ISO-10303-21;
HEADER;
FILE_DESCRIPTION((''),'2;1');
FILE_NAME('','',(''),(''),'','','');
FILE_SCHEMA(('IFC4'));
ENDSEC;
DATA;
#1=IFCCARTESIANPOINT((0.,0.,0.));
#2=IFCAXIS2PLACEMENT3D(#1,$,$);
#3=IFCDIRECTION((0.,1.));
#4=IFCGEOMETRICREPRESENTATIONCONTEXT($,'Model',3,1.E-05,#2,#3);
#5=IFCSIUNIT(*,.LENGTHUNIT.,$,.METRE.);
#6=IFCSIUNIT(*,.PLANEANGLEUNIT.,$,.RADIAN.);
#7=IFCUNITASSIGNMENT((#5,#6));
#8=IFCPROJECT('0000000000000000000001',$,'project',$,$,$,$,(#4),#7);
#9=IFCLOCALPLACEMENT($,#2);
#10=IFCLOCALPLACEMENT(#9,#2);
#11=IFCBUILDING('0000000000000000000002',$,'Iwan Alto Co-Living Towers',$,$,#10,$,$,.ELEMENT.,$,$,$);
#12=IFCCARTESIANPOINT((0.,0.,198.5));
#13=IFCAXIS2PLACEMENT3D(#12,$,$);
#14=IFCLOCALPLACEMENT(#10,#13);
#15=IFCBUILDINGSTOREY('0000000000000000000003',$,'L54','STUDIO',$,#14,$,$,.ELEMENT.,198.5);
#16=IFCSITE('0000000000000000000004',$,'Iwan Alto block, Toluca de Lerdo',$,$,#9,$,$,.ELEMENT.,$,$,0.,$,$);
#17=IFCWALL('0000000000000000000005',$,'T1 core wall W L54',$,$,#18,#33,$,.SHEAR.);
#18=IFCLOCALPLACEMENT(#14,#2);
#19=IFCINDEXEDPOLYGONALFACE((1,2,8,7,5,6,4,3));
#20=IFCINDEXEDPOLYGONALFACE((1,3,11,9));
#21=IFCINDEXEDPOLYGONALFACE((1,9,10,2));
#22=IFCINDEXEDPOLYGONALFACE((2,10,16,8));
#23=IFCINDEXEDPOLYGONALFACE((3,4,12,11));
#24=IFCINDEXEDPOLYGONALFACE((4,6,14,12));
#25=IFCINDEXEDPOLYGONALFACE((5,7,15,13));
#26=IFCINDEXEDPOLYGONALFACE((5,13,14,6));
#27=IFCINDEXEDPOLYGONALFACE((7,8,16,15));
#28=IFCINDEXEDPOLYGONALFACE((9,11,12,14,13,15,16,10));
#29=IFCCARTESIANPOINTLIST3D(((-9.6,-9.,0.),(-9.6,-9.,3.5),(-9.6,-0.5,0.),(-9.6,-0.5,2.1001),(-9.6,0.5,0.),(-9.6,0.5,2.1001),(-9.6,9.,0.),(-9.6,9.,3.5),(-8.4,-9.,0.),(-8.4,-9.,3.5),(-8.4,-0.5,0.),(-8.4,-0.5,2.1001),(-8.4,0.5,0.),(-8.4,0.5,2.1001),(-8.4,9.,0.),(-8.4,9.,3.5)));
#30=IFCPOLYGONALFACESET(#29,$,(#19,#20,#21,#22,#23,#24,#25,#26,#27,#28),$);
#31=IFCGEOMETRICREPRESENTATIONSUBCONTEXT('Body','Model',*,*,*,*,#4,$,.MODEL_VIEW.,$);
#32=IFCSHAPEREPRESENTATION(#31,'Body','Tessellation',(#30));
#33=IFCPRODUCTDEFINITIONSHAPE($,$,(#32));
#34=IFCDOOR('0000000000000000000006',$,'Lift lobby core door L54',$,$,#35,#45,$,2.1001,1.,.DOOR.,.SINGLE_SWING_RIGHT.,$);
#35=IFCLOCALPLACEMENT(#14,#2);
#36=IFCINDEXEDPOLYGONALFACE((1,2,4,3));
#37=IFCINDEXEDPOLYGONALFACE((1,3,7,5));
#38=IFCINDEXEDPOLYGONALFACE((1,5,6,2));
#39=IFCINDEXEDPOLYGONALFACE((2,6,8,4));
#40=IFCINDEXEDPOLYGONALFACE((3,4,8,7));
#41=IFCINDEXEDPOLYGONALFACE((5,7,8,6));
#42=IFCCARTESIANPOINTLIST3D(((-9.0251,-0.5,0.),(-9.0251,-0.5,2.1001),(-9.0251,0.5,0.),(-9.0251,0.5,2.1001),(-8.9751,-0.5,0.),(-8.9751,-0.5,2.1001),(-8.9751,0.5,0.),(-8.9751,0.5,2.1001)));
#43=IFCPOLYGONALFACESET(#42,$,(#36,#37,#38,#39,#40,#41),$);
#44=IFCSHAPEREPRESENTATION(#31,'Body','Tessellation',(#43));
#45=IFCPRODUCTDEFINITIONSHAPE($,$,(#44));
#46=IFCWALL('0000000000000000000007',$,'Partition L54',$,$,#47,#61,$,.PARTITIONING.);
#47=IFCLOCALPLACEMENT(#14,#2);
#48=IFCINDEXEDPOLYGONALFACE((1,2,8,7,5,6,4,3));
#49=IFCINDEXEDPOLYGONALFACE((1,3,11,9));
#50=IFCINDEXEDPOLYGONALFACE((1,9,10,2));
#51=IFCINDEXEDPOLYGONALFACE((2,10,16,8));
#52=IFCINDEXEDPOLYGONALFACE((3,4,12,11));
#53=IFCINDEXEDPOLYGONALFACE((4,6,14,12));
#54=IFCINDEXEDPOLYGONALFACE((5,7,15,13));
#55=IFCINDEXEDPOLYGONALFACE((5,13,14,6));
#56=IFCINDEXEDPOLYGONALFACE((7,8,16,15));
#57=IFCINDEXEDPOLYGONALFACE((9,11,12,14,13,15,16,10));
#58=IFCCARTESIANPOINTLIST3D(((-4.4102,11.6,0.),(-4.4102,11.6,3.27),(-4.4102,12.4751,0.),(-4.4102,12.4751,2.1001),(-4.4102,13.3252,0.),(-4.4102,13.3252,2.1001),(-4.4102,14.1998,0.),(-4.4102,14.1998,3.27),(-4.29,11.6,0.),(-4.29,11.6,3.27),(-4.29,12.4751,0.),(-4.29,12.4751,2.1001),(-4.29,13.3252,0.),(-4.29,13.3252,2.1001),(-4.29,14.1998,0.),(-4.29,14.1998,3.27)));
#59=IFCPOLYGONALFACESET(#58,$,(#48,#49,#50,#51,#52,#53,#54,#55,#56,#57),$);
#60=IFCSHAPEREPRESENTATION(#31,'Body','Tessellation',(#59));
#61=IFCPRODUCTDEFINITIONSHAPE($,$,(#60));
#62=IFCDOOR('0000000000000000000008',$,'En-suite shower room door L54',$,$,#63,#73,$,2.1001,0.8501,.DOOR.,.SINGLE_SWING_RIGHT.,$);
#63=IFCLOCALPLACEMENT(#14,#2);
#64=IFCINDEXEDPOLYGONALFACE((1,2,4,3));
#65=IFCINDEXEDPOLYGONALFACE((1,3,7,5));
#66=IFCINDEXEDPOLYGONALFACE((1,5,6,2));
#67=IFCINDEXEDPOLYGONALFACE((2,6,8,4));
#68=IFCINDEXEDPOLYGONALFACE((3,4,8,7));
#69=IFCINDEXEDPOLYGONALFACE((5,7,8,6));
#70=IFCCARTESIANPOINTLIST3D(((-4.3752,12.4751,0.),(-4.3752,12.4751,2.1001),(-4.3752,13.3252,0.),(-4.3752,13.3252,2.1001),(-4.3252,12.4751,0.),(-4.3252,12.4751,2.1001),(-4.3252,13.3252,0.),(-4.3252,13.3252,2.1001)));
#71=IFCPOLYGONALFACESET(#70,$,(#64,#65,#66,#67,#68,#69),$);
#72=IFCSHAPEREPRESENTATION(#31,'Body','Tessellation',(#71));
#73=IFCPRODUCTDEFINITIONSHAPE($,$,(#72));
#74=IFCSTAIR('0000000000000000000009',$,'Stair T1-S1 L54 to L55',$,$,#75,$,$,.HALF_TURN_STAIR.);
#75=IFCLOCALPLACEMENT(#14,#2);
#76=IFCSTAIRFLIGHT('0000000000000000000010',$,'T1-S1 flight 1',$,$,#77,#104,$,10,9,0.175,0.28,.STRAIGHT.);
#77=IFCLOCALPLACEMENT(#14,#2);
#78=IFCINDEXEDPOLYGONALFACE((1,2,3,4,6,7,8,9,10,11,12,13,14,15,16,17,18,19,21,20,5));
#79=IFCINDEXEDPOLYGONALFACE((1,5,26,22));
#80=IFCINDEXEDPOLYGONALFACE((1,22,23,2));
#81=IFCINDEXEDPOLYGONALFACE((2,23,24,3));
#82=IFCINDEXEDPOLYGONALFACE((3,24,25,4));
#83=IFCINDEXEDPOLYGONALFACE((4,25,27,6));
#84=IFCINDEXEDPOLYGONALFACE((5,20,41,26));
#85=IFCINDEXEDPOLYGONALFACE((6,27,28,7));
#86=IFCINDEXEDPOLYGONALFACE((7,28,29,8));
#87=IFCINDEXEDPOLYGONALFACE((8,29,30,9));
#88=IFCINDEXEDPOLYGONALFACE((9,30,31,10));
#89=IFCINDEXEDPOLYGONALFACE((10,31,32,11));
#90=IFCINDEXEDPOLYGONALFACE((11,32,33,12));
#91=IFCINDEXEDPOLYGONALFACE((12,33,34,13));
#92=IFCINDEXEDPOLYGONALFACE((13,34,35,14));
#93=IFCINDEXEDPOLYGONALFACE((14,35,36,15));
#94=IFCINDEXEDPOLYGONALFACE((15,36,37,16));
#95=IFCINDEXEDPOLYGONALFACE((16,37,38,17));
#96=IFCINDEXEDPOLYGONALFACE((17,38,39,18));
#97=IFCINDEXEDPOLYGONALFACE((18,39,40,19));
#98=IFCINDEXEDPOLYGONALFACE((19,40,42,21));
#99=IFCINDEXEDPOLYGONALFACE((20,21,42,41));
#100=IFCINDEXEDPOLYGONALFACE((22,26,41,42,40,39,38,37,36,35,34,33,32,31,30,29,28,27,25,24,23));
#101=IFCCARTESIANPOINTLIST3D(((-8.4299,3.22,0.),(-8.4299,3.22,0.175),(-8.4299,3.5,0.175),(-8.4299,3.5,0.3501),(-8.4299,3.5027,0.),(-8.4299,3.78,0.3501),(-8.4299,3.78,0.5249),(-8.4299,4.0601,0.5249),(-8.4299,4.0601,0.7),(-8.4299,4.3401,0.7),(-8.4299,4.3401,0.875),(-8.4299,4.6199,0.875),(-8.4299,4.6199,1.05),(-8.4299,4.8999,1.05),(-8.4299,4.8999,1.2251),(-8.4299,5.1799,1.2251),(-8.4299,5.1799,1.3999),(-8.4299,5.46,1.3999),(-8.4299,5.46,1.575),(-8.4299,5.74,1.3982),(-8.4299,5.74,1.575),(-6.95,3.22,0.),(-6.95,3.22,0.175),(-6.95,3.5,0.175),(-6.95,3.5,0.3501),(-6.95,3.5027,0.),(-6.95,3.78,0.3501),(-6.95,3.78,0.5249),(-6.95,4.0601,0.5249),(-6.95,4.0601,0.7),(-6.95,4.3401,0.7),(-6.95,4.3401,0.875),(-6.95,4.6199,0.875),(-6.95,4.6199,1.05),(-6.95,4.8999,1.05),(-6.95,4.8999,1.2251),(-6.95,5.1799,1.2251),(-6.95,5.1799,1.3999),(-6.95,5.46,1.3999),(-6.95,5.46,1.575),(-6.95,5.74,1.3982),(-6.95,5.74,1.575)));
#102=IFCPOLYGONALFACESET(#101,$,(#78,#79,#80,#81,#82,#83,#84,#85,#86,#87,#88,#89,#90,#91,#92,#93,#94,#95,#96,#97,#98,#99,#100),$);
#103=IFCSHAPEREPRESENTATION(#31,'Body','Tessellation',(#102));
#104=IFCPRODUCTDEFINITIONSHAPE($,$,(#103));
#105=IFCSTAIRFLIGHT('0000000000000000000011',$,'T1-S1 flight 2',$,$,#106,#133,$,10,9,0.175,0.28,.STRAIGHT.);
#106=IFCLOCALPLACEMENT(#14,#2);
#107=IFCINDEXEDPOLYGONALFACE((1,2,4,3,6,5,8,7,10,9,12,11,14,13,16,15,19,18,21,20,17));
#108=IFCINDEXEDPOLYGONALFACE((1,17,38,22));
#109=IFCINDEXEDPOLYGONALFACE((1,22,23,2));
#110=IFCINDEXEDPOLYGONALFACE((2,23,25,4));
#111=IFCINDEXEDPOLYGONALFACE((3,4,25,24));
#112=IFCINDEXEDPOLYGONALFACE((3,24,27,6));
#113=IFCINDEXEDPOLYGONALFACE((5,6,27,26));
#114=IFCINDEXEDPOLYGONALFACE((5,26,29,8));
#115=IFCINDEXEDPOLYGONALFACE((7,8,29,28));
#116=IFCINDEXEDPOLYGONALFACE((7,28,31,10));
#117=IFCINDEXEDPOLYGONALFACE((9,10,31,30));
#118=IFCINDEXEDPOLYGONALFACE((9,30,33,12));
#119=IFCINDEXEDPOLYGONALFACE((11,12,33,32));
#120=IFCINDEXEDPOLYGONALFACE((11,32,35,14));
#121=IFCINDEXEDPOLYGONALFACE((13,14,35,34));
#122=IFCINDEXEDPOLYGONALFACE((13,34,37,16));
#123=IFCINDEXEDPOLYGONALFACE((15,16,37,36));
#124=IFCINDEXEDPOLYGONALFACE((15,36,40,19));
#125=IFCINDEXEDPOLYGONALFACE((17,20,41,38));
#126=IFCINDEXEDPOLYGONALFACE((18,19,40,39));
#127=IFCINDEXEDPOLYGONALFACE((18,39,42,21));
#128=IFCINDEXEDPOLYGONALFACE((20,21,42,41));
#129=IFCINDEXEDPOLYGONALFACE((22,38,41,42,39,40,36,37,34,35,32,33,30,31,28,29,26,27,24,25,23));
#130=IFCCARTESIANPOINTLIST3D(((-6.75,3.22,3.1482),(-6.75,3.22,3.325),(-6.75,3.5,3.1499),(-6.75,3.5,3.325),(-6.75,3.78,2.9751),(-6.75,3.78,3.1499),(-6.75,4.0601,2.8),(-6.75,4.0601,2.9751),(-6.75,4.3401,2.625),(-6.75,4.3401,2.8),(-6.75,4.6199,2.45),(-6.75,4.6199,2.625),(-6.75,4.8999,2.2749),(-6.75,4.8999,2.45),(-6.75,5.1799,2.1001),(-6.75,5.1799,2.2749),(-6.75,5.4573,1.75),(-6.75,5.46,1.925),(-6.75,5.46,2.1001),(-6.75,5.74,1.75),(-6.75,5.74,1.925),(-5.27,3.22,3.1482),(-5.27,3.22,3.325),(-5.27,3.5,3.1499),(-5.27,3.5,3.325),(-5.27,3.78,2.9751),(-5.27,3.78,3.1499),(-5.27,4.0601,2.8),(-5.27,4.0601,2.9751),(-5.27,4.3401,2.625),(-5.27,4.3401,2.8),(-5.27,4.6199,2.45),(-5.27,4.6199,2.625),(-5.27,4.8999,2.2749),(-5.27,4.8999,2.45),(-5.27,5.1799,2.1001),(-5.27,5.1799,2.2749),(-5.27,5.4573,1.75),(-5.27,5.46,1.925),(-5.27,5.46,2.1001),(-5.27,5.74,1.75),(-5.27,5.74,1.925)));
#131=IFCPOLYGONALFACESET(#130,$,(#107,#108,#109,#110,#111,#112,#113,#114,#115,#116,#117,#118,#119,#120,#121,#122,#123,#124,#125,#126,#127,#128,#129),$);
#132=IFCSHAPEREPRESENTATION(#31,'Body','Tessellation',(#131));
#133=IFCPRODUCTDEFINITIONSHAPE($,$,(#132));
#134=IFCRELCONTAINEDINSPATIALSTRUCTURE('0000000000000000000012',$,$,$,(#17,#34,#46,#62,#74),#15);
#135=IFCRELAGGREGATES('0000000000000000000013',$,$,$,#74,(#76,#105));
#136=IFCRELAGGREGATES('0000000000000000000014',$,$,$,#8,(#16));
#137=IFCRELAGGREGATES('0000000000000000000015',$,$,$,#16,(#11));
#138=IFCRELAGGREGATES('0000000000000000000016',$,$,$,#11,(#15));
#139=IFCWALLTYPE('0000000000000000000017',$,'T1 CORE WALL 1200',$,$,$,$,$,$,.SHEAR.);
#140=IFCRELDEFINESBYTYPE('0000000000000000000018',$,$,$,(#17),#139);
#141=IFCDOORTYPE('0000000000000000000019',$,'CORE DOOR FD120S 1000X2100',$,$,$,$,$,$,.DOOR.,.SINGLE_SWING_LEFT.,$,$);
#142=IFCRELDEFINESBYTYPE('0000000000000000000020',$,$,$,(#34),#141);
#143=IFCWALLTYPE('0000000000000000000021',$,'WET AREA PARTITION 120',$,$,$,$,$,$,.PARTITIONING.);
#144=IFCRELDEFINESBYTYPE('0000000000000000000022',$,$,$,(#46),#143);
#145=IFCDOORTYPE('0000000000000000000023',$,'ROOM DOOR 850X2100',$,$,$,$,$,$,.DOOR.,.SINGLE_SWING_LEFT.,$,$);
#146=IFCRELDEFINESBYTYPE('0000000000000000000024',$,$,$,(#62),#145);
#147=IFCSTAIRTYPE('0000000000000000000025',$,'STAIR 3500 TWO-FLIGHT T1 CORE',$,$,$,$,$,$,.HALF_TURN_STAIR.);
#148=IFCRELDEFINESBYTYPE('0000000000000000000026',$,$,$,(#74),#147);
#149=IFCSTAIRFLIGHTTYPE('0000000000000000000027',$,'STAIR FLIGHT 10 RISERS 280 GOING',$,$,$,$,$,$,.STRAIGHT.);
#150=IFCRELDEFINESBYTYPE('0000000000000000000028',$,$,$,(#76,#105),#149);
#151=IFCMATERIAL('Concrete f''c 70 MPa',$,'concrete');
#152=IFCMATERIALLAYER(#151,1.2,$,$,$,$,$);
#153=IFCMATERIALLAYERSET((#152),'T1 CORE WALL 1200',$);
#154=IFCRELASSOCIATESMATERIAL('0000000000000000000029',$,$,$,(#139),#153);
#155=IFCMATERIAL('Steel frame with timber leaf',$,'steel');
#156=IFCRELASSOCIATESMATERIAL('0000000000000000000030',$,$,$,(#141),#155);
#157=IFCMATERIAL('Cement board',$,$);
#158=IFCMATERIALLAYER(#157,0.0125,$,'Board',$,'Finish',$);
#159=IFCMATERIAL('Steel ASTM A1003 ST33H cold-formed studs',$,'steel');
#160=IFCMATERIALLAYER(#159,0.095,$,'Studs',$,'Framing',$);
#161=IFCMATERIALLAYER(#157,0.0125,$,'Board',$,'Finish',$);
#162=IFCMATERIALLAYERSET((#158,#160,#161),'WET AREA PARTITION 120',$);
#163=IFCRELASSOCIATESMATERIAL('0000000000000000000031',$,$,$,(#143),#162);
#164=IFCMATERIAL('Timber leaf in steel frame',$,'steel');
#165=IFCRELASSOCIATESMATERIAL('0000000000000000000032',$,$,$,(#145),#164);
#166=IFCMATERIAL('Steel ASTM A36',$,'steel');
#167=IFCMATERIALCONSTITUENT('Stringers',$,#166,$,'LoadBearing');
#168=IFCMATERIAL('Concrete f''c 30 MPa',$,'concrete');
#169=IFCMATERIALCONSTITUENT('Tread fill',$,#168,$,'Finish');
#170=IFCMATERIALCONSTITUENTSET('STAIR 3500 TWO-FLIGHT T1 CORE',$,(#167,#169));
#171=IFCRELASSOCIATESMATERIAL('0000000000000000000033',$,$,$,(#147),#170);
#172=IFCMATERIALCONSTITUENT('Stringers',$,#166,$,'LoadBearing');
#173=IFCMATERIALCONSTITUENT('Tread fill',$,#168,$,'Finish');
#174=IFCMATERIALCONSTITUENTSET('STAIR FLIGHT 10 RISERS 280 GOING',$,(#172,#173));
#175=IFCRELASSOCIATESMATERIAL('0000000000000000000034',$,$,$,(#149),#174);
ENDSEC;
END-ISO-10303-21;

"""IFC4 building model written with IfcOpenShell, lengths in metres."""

from ifc_helpers import new_model, si_unit, direction, frame, frame_2d, origin, place, context, subcontext, project, spatial, polyline, rectangle, outline, extrude, material, layer, layer_set, constituent, constituent_set, type_object, element, fill, aggregate, save


model = new_model("IFC4")

# Units and contexts
model_context = context("Model", 3, precision=1e-05, world=origin(), true_north=direction((0.0, 1.0)))
body_context = subcontext(model_context, "Body", "Model", "MODEL_VIEW")
ifc_project = project(units=[si_unit("LENGTHUNIT", "METRE"), si_unit("PLANEANGLEUNIT", "RADIAN")], contexts=[model_context])

# Site, building, storey
site_placement = place(None, origin())
site = spatial("IfcSite", under=ifc_project, at=site_placement, Name="Iwan Alto block, Toluca de Lerdo", CompositionType="ELEMENT", RefElevation=0.0)
building_placement = place(site_placement, origin())
building = spatial("IfcBuilding", under=site, at=building_placement, Name="Iwan Alto Co-Living Towers", CompositionType="ELEMENT")
storey_placement = place(building_placement, frame((0.0, 0.0, 198.5)))
storey = spatial("IfcBuildingStorey", under=building, at=storey_placement, Name="L54", Description="STUDIO", CompositionType="ELEMENT", Elevation=198.5)

# Shared definitions
ifc_material_1 = material(Name="Steel ASTM A1003 ST33H cold-formed studs", Category="steel")

# Walls, openings, doors
ifc_material_2 = material(Name="Concrete f'c 70 MPa", Category="concrete")
ifc_layer_1 = layer(ifc_material_2, 1.2)
ifc_layer_set_1 = layer_set([ifc_layer_1], Name="T1 CORE WALL 1200")
wall_type_1 = type_object("IfcWallType", Name="T1 CORE WALL 1200", PredefinedType="SHEAR", material=ifc_layer_set_1)
wall_1_placement = place(storey_placement, frame((-9.0, 9.0, 0.0), z_axis=(0.0, 0.0, 1.0), x_axis=(0.0, -1.0, 0.0)))
wall_1 = element("IfcWall", 1, at=wall_1_placement, inside=storey, type_object=wall_type_1, Name="T1 core wall W L54", PredefinedType="SHEAR", context=body_context, shape_type="SweptSolid", body=[
    extrude(rectangle(XDim=18.0, YDim=1.2, at=frame_2d((9.0, 0.0))), origin(), (0.0, 0.0, 1.0), 3.5),
])
opening_1_placement = place(wall_1_placement, frame((8.5, 0.0, 0.0)))
opening_1 = element("IfcOpeningElement", 2, at=opening_1_placement, cuts=wall_1, PredefinedType="OPENING", context=body_context, shape_type="SweptSolid", body=[
    extrude(rectangle(XDim=1.0, YDim=2.1001, at=frame_2d((0.5, 1.05))), frame((0.0, 0.6099, 0.0), z_axis=(0.0, -1.0, 0.0), x_axis=(1.0, 0.0, 0.0)), (0.0, 0.0, 1.0), 1.22),
])
ifc_material_3 = material(Name="Steel frame with timber leaf", Category="steel")
door_type_1 = type_object("IfcDoorType", Name="CORE DOOR FD120S 1000X2100", OperationType="SINGLE_SWING_LEFT", PredefinedType="DOOR", material=ifc_material_3)
door_1_placement = place(opening_1_placement, origin())
door_1 = element("IfcDoor", 3, at=door_1_placement, inside=storey, type_object=door_type_1, Name="Lift lobby core door L54", OperationType="SINGLE_SWING_RIGHT", OverallHeight=2.1001, OverallWidth=1.0, PredefinedType="DOOR", context=body_context, shape_type="SweptSolid", body=[
    extrude(rectangle(XDim=1.0, YDim=2.1001, at=frame_2d((0.5, 1.05))), frame((0.0, 0.0249, 0.0), z_axis=(0.0, -1.0, 0.0), x_axis=(1.0, 0.0, 0.0)), (0.0, 0.0, 1.0), 0.05),
])
fill(opening_1, door_1)
ifc_material_4 = material(Name="Cement board")
ifc_layer_2 = layer(ifc_material_4, 0.0125, Name="Board", Category="Finish")
ifc_layer_3 = layer(ifc_material_1, 0.095, Name="Studs", Category="Framing")
ifc_layer_4 = layer(ifc_material_4, 0.0125, Name="Board", Category="Finish")
ifc_layer_set_2 = layer_set([ifc_layer_2, ifc_layer_3, ifc_layer_4], Name="WET AREA PARTITION 120")
wall_type_2 = type_object("IfcWallType", Name="WET AREA PARTITION 120", PredefinedType="PARTITIONING", material=ifc_layer_set_2)
wall_2_placement = place(storey_placement, frame((-4.3501, 11.6001, 0.0), z_axis=(0.0, 0.0, 1.0), x_axis=(0.0, 1.0, 0.0)))
wall_2 = element("IfcWall", 4, at=wall_2_placement, inside=storey, type_object=wall_type_2, Name="Partition L54", PredefinedType="PARTITIONING", context=body_context, shape_type="SweptSolid", body=[
    extrude(rectangle(XDim=2.5999, YDim=0.1201, at=frame_2d((1.2998, 0.0))), origin(), (0.0, 0.0, 1.0), 3.27),
])
opening_2_placement = place(wall_2_placement, frame((0.875, 0.0, 0.0)))
opening_2 = element("IfcOpeningElement", 5, at=opening_2_placement, cuts=wall_2, PredefinedType="OPENING", context=body_context, shape_type="SweptSolid", body=[
    extrude(rectangle(XDim=0.8501, YDim=2.1001, at=frame_2d((0.425, 1.05))), frame((0.0, 0.0701, 0.0), z_axis=(0.0, -1.0, 0.0), x_axis=(1.0, 0.0, 0.0)), (0.0, 0.0, 1.0), 0.1401),
])
ifc_material_5 = material(Name="Timber leaf in steel frame", Category="steel")
door_type_2 = type_object("IfcDoorType", Name="ROOM DOOR 850X2100", OperationType="SINGLE_SWING_LEFT", PredefinedType="DOOR", material=ifc_material_5)
door_2_placement = place(opening_2_placement, frame((0.8501, 0.0, 0.0), z_axis=(0.0, 0.0, 1.0), x_axis=(-1.0, 0.0, 0.0)))
door_2 = element("IfcDoor", 6, at=door_2_placement, inside=storey, type_object=door_type_2, Name="En-suite shower room door L54", OperationType="SINGLE_SWING_RIGHT", OverallHeight=2.1001, OverallWidth=0.8501, PredefinedType="DOOR", context=body_context, shape_type="SweptSolid", body=[
    extrude(rectangle(XDim=0.8501, YDim=2.1001, at=frame_2d((0.425, 1.05))), frame((0.0, 0.0249, 0.0), z_axis=(0.0, -1.0, 0.0), x_axis=(1.0, 0.0, 0.0)), (0.0, 0.0, 1.0), 0.05),
])
fill(opening_2, door_2)

# Stair, stair flights
ifc_material_6 = material(Name="Steel ASTM A36", Category="steel")
ifc_constituent_1 = constituent(ifc_material_6, Name="Stringers", Category="LoadBearing")
ifc_material_7 = material(Name="Concrete f'c 30 MPa", Category="concrete")
ifc_constituent_2 = constituent(ifc_material_7, Name="Tread fill", Category="Finish")
ifc_constituent_set_1 = constituent_set(constituents=[ifc_constituent_1, ifc_constituent_2], Name="STAIR 3500 TWO-FLIGHT T1 CORE")
stair_type = type_object("IfcStairType", Name="STAIR 3500 TWO-FLIGHT T1 CORE", PredefinedType="HALF_TURN_STAIR", material=ifc_constituent_set_1)
stair_placement = place(storey_placement, origin())
stair = element("IfcStair", 7, at=stair_placement, inside=storey, type_object=stair_type, Name="Stair T1-S1 L54 to L55", PredefinedType="HALF_TURN_STAIR")
ifc_constituent_3 = constituent(ifc_material_6, Name="Stringers", Category="LoadBearing")
ifc_constituent_4 = constituent(ifc_material_7, Name="Tread fill", Category="Finish")
ifc_constituent_set_2 = constituent_set(constituents=[ifc_constituent_3, ifc_constituent_4], Name="STAIR FLIGHT 10 RISERS 280 GOING")
stair_flight_type = type_object("IfcStairFlightType", Name="STAIR FLIGHT 10 RISERS 280 GOING", PredefinedType="STRAIGHT", material=ifc_constituent_set_2)
stair_flight_1_placement = place(storey_placement, frame((-7.6899, 3.22, 0.0), z_axis=(0.0, 0.0, 1.0), x_axis=(0.0, 1.0, 0.0)))
stair_flight_1 = element("IfcStairFlight", 8, at=stair_flight_1_placement, type_object=stair_flight_type, Name="T1-S1 flight 1", NumberOfRisers=10, NumberOfTreads=9, PredefinedType="STRAIGHT", RiserHeight=0.175, TreadLength=0.28, context=body_context, shape_type="SweptSolid", body=[
    extrude(outline(polyline([(0.0, 0.0), (0.0, 0.175), (0.28, 0.175), (0.28, 0.3501), (0.5601, 0.3501), (0.5601, 0.5249), (0.8401, 0.5249), (0.8401, 0.7), (1.1201, 0.7), (1.1201, 0.875), (1.3999, 0.875), (1.3999, 1.05), (1.6799, 1.05), (1.6799, 1.2251), (1.96, 1.2251), (1.96, 1.3999), (2.24, 1.3999), (2.24, 1.575), (2.52, 1.575), (2.52, 1.75), (2.52, 1.3982), (0.2827, 0.0), (0.0, 0.0)])), frame((0.0, 0.74, 0.0), z_axis=(0.0, -1.0, 0.0), x_axis=(1.0, 0.0, 0.0)), (0.0, 0.0, 1.0), 1.48),
])
stair_flight_2_placement = place(storey_placement, frame((-6.01, 5.74, 1.75), z_axis=(0.0, 0.0, 1.0), x_axis=(0.0, -1.0, 0.0)))
stair_flight_2 = element("IfcStairFlight", 9, at=stair_flight_2_placement, type_object=stair_flight_type, Name="T1-S1 flight 2", NumberOfRisers=10, NumberOfTreads=9, PredefinedType="STRAIGHT", RiserHeight=0.175, TreadLength=0.28, context=body_context, shape_type="SweptSolid", body=[
    extrude(outline(polyline([(0.0, 0.0), (0.0, 0.175), (0.28, 0.175), (0.28, 0.3501), (0.5601, 0.3501), (0.5601, 0.5249), (0.8401, 0.5249), (0.8401, 0.7), (1.1201, 0.7), (1.1201, 0.875), (1.3999, 0.875), (1.3999, 1.05), (1.6799, 1.05), (1.6799, 1.2251), (1.96, 1.2251), (1.96, 1.3999), (2.24, 1.3999), (2.24, 1.575), (2.52, 1.575), (2.52, 1.75), (2.52, 1.3982), (0.2827, 0.0), (0.0, 0.0)])), frame((0.0, 0.74, 0.0), z_axis=(0.0, -1.0, 0.0), x_axis=(1.0, 0.0, 0.0)), (0.0, 0.0, 1.0), 1.48),
])
aggregate(stair, [stair_flight_1, stair_flight_2])

save(model, "model.ifc")
